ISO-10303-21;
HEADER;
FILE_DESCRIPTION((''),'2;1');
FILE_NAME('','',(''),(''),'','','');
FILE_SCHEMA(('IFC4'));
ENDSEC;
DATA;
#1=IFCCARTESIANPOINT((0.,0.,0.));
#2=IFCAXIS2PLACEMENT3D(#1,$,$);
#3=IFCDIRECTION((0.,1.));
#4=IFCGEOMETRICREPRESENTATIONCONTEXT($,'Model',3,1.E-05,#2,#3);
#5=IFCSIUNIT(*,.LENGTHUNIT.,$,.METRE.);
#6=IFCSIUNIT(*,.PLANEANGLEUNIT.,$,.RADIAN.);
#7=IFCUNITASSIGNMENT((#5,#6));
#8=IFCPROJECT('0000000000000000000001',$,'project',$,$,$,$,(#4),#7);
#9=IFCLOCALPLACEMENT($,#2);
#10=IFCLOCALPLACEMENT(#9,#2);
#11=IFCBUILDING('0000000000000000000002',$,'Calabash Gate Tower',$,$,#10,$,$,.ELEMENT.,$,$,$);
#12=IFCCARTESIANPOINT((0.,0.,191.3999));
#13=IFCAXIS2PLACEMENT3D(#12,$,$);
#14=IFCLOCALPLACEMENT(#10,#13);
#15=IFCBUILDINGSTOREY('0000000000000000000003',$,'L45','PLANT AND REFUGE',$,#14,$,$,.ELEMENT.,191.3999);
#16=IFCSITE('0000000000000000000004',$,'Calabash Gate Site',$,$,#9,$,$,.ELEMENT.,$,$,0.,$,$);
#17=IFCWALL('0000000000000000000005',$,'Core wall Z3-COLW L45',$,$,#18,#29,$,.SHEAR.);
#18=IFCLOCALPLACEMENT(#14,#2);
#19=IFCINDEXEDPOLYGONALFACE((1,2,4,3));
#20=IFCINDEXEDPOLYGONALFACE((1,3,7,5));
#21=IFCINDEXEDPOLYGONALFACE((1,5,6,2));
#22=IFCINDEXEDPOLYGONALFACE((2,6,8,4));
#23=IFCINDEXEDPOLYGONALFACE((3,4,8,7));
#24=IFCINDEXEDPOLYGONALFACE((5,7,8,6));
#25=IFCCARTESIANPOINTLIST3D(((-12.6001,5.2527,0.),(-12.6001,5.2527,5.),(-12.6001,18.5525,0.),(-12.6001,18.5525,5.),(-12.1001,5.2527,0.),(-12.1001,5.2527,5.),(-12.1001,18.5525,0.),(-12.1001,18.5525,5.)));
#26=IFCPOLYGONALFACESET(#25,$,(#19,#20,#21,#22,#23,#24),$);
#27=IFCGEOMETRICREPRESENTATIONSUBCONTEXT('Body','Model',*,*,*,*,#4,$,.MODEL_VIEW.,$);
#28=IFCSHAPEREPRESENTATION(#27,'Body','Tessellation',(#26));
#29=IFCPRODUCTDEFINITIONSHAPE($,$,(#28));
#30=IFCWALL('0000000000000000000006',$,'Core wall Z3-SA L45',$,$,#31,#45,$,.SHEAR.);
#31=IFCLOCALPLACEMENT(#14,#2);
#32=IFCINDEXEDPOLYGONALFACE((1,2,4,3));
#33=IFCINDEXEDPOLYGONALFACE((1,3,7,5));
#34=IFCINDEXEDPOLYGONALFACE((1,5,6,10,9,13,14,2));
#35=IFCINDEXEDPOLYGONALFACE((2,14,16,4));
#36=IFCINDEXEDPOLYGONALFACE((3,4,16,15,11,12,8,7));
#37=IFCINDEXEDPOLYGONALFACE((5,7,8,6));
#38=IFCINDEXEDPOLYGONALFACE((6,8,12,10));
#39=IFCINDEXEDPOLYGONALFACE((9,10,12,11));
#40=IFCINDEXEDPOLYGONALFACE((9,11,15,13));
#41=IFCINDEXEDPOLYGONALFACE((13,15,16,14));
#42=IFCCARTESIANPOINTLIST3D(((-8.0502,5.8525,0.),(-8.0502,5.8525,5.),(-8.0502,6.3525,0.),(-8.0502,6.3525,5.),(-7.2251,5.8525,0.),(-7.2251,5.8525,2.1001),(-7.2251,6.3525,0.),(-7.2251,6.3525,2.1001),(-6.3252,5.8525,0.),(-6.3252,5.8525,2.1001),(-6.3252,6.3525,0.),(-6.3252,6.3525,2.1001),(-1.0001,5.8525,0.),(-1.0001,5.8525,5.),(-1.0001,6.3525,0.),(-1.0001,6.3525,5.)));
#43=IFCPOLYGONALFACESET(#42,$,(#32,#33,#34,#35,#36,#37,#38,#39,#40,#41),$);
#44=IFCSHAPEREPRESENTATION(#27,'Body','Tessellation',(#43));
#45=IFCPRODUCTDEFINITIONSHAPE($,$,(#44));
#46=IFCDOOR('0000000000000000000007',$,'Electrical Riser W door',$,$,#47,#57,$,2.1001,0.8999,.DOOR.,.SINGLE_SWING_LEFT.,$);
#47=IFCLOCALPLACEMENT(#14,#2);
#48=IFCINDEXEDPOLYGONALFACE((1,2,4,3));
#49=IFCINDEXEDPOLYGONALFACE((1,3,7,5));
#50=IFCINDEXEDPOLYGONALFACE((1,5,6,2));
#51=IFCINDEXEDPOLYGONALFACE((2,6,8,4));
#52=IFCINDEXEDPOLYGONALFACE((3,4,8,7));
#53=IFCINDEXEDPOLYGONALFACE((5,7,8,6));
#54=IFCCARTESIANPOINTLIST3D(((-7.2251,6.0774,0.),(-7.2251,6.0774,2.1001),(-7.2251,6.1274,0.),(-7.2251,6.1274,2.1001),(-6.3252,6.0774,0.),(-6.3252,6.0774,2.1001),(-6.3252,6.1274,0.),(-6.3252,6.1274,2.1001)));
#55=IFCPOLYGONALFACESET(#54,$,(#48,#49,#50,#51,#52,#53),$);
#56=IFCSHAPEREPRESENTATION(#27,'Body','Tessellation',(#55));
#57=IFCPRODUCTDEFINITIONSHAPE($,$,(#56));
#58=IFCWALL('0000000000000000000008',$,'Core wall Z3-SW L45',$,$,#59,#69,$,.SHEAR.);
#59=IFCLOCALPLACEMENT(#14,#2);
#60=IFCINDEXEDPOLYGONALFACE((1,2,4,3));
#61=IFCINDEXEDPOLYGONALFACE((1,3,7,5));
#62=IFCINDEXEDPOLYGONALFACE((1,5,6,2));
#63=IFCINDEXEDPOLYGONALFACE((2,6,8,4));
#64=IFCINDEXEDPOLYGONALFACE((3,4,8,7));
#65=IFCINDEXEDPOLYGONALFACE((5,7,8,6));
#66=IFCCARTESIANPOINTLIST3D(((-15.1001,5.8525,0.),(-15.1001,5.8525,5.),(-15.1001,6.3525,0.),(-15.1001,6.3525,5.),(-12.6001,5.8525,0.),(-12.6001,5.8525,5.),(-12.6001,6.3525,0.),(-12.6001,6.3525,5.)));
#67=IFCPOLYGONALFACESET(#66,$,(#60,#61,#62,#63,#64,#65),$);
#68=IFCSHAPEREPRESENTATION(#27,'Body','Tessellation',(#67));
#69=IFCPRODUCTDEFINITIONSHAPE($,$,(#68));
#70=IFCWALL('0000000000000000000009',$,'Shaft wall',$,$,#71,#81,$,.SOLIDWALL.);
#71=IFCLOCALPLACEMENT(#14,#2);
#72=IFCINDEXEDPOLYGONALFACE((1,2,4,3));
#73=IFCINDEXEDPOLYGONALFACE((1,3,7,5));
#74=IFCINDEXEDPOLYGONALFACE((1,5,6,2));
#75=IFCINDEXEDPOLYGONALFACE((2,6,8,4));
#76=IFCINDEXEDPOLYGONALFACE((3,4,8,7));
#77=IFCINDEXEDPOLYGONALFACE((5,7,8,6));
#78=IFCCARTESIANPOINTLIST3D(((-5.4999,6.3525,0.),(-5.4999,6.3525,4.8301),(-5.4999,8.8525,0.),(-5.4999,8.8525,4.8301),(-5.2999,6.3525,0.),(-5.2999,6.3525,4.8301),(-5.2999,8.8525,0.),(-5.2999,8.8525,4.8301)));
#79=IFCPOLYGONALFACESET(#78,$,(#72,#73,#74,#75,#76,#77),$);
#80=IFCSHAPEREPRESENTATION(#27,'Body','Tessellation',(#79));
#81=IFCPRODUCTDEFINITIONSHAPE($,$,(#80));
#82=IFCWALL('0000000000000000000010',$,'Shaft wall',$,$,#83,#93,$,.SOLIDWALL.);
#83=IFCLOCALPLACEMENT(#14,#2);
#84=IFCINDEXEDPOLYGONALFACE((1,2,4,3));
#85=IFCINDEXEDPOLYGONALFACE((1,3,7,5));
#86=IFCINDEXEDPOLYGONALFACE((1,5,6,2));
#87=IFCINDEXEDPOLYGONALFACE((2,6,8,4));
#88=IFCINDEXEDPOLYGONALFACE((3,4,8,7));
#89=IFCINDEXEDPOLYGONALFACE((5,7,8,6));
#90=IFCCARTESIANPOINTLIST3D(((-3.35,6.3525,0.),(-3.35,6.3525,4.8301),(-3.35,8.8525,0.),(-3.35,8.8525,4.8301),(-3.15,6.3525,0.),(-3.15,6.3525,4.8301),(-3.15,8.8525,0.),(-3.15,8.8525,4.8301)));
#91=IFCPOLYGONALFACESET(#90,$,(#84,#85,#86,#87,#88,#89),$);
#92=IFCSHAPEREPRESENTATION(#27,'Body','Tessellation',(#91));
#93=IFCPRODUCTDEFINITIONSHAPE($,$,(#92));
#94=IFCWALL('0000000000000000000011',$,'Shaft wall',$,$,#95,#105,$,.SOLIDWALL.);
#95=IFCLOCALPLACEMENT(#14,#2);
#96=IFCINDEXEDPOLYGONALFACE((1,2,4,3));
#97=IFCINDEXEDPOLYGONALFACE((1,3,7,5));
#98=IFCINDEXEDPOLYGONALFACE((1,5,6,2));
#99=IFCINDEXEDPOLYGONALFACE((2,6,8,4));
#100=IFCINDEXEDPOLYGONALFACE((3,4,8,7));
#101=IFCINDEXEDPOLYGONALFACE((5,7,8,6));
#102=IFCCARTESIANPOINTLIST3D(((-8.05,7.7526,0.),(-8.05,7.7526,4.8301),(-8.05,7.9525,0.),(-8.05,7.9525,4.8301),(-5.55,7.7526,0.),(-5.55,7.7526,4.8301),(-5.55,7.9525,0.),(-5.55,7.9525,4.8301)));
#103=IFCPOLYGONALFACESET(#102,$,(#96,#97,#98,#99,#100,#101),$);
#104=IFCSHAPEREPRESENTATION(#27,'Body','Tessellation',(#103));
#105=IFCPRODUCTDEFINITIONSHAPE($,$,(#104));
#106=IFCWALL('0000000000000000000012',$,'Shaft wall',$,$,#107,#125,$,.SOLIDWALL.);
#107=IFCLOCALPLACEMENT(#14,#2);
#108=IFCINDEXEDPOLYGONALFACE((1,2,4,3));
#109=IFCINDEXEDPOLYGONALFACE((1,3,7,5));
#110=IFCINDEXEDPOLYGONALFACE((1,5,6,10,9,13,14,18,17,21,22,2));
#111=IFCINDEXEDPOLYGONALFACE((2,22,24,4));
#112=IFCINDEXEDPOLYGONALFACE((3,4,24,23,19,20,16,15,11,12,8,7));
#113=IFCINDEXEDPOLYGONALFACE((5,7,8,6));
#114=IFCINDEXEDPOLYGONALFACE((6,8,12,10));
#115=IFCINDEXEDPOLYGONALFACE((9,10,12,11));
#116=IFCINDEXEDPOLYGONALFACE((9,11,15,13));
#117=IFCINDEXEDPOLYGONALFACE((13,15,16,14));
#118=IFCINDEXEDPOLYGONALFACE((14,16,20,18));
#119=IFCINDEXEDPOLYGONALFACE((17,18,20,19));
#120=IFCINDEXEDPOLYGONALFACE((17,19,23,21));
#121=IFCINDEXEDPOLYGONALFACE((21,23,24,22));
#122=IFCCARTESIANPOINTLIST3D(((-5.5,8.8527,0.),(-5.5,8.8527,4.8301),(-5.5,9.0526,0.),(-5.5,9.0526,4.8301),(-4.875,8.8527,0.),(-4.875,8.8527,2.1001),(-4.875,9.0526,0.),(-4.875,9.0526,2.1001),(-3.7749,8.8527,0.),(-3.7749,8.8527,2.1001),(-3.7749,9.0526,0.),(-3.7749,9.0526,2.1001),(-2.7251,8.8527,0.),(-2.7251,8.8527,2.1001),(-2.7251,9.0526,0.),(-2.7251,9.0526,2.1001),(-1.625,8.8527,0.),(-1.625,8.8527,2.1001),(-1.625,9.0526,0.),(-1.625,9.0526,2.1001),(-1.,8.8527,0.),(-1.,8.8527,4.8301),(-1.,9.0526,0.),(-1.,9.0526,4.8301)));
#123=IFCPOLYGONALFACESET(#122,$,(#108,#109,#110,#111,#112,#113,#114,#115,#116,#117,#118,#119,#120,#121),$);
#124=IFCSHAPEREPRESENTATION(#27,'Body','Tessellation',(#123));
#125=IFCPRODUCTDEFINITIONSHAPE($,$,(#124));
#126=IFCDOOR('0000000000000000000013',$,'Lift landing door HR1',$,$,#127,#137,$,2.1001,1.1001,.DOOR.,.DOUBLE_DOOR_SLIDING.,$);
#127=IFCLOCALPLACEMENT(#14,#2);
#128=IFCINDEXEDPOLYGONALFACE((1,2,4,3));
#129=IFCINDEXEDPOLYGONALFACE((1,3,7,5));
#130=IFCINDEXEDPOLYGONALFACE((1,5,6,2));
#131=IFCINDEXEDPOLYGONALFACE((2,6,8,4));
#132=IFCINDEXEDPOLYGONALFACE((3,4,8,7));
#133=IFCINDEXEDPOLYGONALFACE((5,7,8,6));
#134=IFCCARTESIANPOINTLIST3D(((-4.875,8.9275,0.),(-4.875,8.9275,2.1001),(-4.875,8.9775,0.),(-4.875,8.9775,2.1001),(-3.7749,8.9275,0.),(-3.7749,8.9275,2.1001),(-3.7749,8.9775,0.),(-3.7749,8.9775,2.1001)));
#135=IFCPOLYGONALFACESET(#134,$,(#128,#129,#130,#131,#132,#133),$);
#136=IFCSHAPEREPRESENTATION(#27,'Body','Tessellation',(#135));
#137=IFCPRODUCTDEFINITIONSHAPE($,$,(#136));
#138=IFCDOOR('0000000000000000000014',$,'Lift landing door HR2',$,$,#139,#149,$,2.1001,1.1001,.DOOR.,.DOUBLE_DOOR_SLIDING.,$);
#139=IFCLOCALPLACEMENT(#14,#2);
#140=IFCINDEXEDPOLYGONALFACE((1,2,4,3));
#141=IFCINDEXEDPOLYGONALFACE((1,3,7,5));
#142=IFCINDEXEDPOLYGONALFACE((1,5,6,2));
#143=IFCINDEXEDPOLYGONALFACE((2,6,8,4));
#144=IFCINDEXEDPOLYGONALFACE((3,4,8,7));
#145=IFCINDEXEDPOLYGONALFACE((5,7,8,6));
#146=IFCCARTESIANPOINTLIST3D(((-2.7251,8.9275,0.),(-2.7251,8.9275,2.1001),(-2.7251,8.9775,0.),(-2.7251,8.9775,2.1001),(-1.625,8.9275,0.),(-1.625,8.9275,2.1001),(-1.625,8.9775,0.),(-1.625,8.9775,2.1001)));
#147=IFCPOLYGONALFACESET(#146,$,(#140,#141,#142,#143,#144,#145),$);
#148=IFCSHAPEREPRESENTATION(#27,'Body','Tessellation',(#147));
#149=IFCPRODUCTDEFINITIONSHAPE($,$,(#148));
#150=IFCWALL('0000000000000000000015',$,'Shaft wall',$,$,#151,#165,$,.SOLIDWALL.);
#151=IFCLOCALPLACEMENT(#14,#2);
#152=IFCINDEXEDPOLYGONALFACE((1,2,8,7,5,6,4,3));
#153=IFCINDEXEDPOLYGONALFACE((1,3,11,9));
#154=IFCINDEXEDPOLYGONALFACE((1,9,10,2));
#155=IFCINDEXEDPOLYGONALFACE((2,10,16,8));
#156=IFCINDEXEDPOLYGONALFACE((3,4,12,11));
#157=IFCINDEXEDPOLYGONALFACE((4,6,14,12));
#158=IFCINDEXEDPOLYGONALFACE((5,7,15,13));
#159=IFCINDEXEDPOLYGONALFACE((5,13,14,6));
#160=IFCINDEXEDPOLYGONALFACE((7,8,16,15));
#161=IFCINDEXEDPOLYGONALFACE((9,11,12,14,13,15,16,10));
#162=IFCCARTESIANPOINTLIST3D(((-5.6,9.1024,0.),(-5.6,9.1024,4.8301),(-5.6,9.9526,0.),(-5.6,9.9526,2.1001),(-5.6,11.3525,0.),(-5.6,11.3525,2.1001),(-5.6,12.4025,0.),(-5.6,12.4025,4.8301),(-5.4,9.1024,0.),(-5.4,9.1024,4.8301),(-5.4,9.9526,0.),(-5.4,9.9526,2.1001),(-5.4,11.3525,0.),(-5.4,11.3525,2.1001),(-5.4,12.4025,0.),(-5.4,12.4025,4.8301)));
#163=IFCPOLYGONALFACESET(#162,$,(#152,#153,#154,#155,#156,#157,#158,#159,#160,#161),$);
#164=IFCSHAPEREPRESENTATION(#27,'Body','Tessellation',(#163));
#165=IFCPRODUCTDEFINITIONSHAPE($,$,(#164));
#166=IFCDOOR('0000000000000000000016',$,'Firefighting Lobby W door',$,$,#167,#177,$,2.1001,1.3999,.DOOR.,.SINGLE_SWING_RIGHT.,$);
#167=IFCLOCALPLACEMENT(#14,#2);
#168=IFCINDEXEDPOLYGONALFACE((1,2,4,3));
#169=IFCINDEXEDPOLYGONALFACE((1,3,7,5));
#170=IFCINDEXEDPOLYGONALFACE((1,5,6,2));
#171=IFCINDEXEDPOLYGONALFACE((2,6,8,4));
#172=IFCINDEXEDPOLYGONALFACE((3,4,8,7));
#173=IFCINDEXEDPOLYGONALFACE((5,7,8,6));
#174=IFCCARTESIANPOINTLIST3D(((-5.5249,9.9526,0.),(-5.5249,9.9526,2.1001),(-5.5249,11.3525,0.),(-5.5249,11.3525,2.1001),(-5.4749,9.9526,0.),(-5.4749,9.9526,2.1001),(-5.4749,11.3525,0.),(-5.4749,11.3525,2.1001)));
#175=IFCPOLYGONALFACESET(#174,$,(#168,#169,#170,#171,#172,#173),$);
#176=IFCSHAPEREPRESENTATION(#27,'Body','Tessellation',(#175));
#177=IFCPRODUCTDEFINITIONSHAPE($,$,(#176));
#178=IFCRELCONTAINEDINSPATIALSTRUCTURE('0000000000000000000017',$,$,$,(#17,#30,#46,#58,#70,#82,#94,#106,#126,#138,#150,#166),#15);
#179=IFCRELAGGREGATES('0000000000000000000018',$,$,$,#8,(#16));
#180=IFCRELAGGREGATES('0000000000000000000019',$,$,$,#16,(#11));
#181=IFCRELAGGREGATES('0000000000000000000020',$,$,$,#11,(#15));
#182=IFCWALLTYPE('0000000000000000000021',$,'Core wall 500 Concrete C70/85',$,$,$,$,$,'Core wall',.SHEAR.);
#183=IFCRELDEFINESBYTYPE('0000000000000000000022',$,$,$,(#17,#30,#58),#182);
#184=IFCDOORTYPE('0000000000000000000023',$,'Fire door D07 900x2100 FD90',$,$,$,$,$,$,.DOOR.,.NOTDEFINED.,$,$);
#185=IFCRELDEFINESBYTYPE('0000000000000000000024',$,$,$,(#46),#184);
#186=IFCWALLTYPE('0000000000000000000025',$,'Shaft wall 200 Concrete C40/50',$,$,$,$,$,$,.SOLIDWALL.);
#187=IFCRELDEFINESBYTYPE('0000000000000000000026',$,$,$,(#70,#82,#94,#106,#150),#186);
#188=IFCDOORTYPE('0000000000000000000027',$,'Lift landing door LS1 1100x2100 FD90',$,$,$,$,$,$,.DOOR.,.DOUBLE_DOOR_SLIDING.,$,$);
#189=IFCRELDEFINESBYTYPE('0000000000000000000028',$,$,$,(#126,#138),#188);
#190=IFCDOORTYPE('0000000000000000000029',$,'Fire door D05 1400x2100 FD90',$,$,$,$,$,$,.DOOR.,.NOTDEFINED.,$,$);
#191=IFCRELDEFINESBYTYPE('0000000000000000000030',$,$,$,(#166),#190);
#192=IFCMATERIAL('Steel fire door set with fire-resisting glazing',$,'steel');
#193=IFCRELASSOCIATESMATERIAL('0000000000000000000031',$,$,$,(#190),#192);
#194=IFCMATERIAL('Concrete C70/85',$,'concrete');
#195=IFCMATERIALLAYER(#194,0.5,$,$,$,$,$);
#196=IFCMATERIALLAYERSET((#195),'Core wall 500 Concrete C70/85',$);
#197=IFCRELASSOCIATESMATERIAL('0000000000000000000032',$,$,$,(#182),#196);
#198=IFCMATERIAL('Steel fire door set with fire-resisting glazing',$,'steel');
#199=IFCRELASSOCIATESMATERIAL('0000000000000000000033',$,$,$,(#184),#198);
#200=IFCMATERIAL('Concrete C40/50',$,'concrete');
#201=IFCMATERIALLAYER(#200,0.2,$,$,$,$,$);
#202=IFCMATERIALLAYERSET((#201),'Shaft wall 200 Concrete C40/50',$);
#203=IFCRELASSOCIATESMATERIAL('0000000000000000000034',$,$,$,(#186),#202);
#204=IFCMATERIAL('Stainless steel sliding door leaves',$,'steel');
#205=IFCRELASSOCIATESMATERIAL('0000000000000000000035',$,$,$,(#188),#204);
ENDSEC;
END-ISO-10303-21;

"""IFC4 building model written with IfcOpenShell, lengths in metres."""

from ifc_helpers import new_model, si_unit, direction, frame, frame_2d, origin, place, context, subcontext, project, spatial, rectangle, extrude, material, layer, layer_set, type_object, element, fill, save


model = new_model("IFC4")

# Units and contexts
model_context = context("Model", 3, precision=1e-05, world=origin(), true_north=direction((0.0, 1.0)))
body_context = subcontext(model_context, "Body", "Model", "MODEL_VIEW")
ifc_project = project(units=[si_unit("LENGTHUNIT", "METRE"), si_unit("PLANEANGLEUNIT", "RADIAN")], contexts=[model_context])

# Site, building, storey
site_placement = place(None, origin())
site = spatial("IfcSite", under=ifc_project, at=site_placement, Name="Calabash Gate Site", CompositionType="ELEMENT", RefElevation=0.0)
building_placement = place(site_placement, origin())
building = spatial("IfcBuilding", under=site, at=building_placement, Name="Calabash Gate Tower", CompositionType="ELEMENT")
storey_placement = place(building_placement, frame((0.0, 0.0, 191.3999)))
storey = spatial("IfcBuildingStorey", under=building, at=storey_placement, Name="L45", Description="PLANT AND REFUGE", CompositionType="ELEMENT", Elevation=191.3999)

# Shared definitions
ifc_material_1 = material(Name="Steel fire door set with fire-resisting glazing", Category="steel")
door_type_1 = type_object("IfcDoorType", Name="Fire door D05 1400x2100 FD90", OperationType="NOTDEFINED", PredefinedType="DOOR", material=ifc_material_1)

# Wall
ifc_material_2 = material(Name="Concrete C70/85", Category="concrete")
ifc_layer_1 = layer(ifc_material_2, 0.5)
ifc_layer_set_1 = layer_set([ifc_layer_1], Name="Core wall 500 Concrete C70/85")
wall_type_1 = type_object("IfcWallType", Name="Core wall 500 Concrete C70/85", ElementType="Core wall", PredefinedType="SHEAR", material=ifc_layer_set_1)
wall_1_placement = place(storey_placement, frame((-12.3501, 5.2527, 0.0), z_axis=(0.0, 0.0, 1.0), x_axis=(0.0, 1.0, 0.0)))
element("IfcWall", 1, at=wall_1_placement, inside=storey, type_object=wall_type_1, Name="Core wall Z3-COLW L45", PredefinedType="SHEAR", context=body_context, shape_type="SweptSolid", body=[
    extrude(rectangle(XDim=13.2998, YDim=0.5, at=frame_2d((6.6499, 0.0))), origin(), (0.0, 0.0, 1.0), 5.0),
])

# Wall, opening, door
wall_2_placement = place(storey_placement, frame((-8.05, 6.1025, 0.0), z_axis=(0.0, 0.0, 1.0), x_axis=(1.0, 0.0, 0.0)))
wall_2 = element("IfcWall", 2, at=wall_2_placement, inside=storey, type_object=wall_type_1, Name="Core wall Z3-SA L45", PredefinedType="SHEAR", context=body_context, shape_type="SweptSolid", body=[
    extrude(rectangle(XDim=7.05, YDim=0.5, at=frame_2d((3.5249, 0.0))), origin(), (0.0, 0.0, 1.0), 5.0),
])
opening_1_placement = place(wall_2_placement, frame((0.825, 0.0, 0.0)))
opening_1 = element("IfcOpeningElement", 3, at=opening_1_placement, cuts=wall_2, PredefinedType="OPENING", context=body_context, shape_type="SweptSolid", body=[
    extrude(rectangle(XDim=0.8999, YDim=2.1001, at=frame_2d((0.45, 1.05))), frame((0.0, 0.26, 0.0), z_axis=(0.0, -1.0, 0.0), x_axis=(1.0, 0.0, 0.0)), (0.0, 0.0, 1.0), 0.52),
])
ifc_material_3 = material(Name="Steel fire door set with fire-resisting glazing", Category="steel")
door_type_2 = type_object("IfcDoorType", Name="Fire door D07 900x2100 FD90", OperationType="NOTDEFINED", PredefinedType="DOOR", material=ifc_material_3)
door_1_placement = place(opening_1_placement, origin())
door_1 = element("IfcDoor", 4, at=door_1_placement, inside=storey, type_object=door_type_2, Name="Electrical Riser W door", OperationType="SINGLE_SWING_LEFT", OverallHeight=2.1001, OverallWidth=0.8999, PredefinedType="DOOR", context=body_context, shape_type="SweptSolid", body=[
    extrude(rectangle(XDim=0.8999, YDim=2.1001, at=frame_2d((0.45, 1.05))), frame((0.0, 0.0249, 0.0), z_axis=(0.0, -1.0, 0.0), x_axis=(1.0, 0.0, 0.0)), (0.0, 0.0, 1.0), 0.05),
])
fill(opening_1, door_1)

# Walls
wall_3_placement = place(storey_placement, frame((-12.6001, 6.1025, 0.0), z_axis=(0.0, 0.0, 1.0), x_axis=(-1.0, 0.0, 0.0)))
element("IfcWall", 5, at=wall_3_placement, inside=storey, type_object=wall_type_1, Name="Core wall Z3-SW L45", PredefinedType="SHEAR", context=body_context, shape_type="SweptSolid", body=[
    extrude(rectangle(XDim=2.5, YDim=0.5, at=frame_2d((1.25, 0.0))), origin(), (0.0, 0.0, 1.0), 5.0),
])
ifc_material_4 = material(Name="Concrete C40/50", Category="concrete")
ifc_layer_2 = layer(ifc_material_4, 0.2)
ifc_layer_set_2 = layer_set([ifc_layer_2], Name="Shaft wall 200 Concrete C40/50")
wall_type_2 = type_object("IfcWallType", Name="Shaft wall 200 Concrete C40/50", PredefinedType="SOLIDWALL", material=ifc_layer_set_2)
for number, where, z_axis, x_axis, name in (
    (6, (-5.3999, 6.3525, 0.0), (0.0, 0.0, 1.0), (0.0, 1.0, 0.0), "Shaft wall"),
    (7, (-3.25, 6.3525, 0.0), (0.0, 0.0, 1.0), (0.0, 1.0, 0.0), "Shaft wall"),
    (8, (-8.05, 7.8525, 0.0), (0.0, 0.0, 1.0), (1.0, 0.0, 0.0), "Shaft wall"),
):
    element("IfcWall", number, at=place(storey_placement, frame(where, z_axis=z_axis, x_axis=x_axis)), inside=storey, type_object=wall_type_2, Name=name, PredefinedType="SOLIDWALL", context=body_context, shape_type="SweptSolid", body=[
        extrude(rectangle(XDim=2.5, YDim=0.2, at=frame_2d((1.25, 0.0))), origin(), (0.0, 0.0, 1.0), 4.8301),
    ])

# Wall, openings, doors
wall_4_placement = place(storey_placement, frame((-5.5, 8.9526, 0.0), z_axis=(0.0, 0.0, 1.0), x_axis=(1.0, 0.0, 0.0)))
wall_4 = element("IfcWall", 9, at=wall_4_placement, inside=storey, type_object=wall_type_2, Name="Shaft wall", PredefinedType="SOLIDWALL", context=body_context, shape_type="SweptSolid", body=[
    extrude(rectangle(XDim=4.5, YDim=0.2, at=frame_2d((2.25, 0.0))), origin(), (0.0, 0.0, 1.0), 4.8301),
])
opening_2_placement = place(wall_4_placement, frame((0.625, 0.0, 0.0)))
opening_2 = element("IfcOpeningElement", 10, at=opening_2_placement, cuts=wall_4, PredefinedType="OPENING", context=body_context, shape_type="SweptSolid", body=[
    extrude(rectangle(XDim=1.1001, YDim=2.1001, at=frame_2d((0.55, 1.05))), frame((0.0, 0.1099, 0.0), z_axis=(0.0, -1.0, 0.0), x_axis=(1.0, 0.0, 0.0)), (0.0, 0.0, 1.0), 0.22),
])
opening_3_placement = place(wall_4_placement, frame((2.7749, 0.0, 0.0)))
opening_3 = element("IfcOpeningElement", 11, at=opening_3_placement, cuts=wall_4, PredefinedType="OPENING", context=body_context, shape_type="SweptSolid", body=[
    extrude(rectangle(XDim=1.1001, YDim=2.1001, at=frame_2d((0.55, 1.05))), frame((0.0, 0.1099, 0.0), z_axis=(0.0, -1.0, 0.0), x_axis=(1.0, 0.0, 0.0)), (0.0, 0.0, 1.0), 0.22),
])
ifc_material_5 = material(Name="Stainless steel sliding door leaves", Category="steel")
door_type_3 = type_object("IfcDoorType", Name="Lift landing door LS1 1100x2100 FD90", OperationType="DOUBLE_DOOR_SLIDING", PredefinedType="DOOR", material=ifc_material_5)
door_2_placement = place(opening_2_placement, origin())
door_2 = element("IfcDoor", 12, at=door_2_placement, inside=storey, type_object=door_type_3, Name="Lift landing door HR1", OperationType="DOUBLE_DOOR_SLIDING", OverallHeight=2.1001, OverallWidth=1.1001, PredefinedType="DOOR", context=body_context, shape_type="SweptSolid", body=[
    extrude(rectangle(XDim=1.1001, YDim=2.1001, at=frame_2d((0.55, 1.05))), frame((0.0, 0.0249, 0.0), z_axis=(0.0, -1.0, 0.0), x_axis=(1.0, 0.0, 0.0)), (0.0, 0.0, 1.0), 0.05),
])
fill(opening_2, door_2)
door_3_placement = place(opening_3_placement, origin())
door_3 = element("IfcDoor", 13, at=door_3_placement, inside=storey, type_object=door_type_3, Name="Lift landing door HR2", OperationType="DOUBLE_DOOR_SLIDING", OverallHeight=2.1001, OverallWidth=1.1001, PredefinedType="DOOR", context=body_context, shape_type="SweptSolid", body=[
    extrude(rectangle(XDim=1.1001, YDim=2.1001, at=frame_2d((0.55, 1.05))), frame((0.0, 0.0249, 0.0), z_axis=(0.0, -1.0, 0.0), x_axis=(1.0, 0.0, 0.0)), (0.0, 0.0, 1.0), 0.05),
])
fill(opening_3, door_3)

# Wall, opening, door
wall_5_placement = place(storey_placement, frame((-5.5, 9.1025, 0.0), z_axis=(0.0, 0.0, 1.0), x_axis=(0.0, 1.0, 0.0)))
wall_5 = element("IfcWall", 14, at=wall_5_placement, inside=storey, type_object=wall_type_2, Name="Shaft wall", PredefinedType="SOLIDWALL", context=body_context, shape_type="SweptSolid", body=[
    extrude(rectangle(XDim=3.3, YDim=0.2, at=frame_2d((1.6499, 0.0))), origin(), (0.0, 0.0, 1.0), 4.8301),
])
opening_4_placement = place(wall_5_placement, frame((0.8501, 0.0, 0.0)))
opening_4 = element("IfcOpeningElement", 15, at=opening_4_placement, cuts=wall_5, PredefinedType="OPENING", context=body_context, shape_type="SweptSolid", body=[
    extrude(rectangle(XDim=1.3999, YDim=2.1001, at=frame_2d((0.7, 1.05))), frame((0.0, 0.1099, 0.0), z_axis=(0.0, -1.0, 0.0), x_axis=(1.0, 0.0, 0.0)), (0.0, 0.0, 1.0), 0.22),
])
door_4_placement = place(opening_4_placement, origin())
door_4 = element("IfcDoor", 16, at=door_4_placement, inside=storey, type_object=door_type_1, Name="Firefighting Lobby W door", OperationType="SINGLE_SWING_RIGHT", OverallHeight=2.1001, OverallWidth=1.3999, PredefinedType="DOOR", context=body_context, shape_type="SweptSolid", body=[
    extrude(rectangle(XDim=1.3999, YDim=2.1001, at=frame_2d((0.7, 1.05))), frame((0.0, 0.0249, 0.0), z_axis=(0.0, -1.0, 0.0), x_axis=(1.0, 0.0, 0.0)), (0.0, 0.0, 1.0), 0.05),
])
fill(opening_4, door_4)

save(model, "model.ifc")
